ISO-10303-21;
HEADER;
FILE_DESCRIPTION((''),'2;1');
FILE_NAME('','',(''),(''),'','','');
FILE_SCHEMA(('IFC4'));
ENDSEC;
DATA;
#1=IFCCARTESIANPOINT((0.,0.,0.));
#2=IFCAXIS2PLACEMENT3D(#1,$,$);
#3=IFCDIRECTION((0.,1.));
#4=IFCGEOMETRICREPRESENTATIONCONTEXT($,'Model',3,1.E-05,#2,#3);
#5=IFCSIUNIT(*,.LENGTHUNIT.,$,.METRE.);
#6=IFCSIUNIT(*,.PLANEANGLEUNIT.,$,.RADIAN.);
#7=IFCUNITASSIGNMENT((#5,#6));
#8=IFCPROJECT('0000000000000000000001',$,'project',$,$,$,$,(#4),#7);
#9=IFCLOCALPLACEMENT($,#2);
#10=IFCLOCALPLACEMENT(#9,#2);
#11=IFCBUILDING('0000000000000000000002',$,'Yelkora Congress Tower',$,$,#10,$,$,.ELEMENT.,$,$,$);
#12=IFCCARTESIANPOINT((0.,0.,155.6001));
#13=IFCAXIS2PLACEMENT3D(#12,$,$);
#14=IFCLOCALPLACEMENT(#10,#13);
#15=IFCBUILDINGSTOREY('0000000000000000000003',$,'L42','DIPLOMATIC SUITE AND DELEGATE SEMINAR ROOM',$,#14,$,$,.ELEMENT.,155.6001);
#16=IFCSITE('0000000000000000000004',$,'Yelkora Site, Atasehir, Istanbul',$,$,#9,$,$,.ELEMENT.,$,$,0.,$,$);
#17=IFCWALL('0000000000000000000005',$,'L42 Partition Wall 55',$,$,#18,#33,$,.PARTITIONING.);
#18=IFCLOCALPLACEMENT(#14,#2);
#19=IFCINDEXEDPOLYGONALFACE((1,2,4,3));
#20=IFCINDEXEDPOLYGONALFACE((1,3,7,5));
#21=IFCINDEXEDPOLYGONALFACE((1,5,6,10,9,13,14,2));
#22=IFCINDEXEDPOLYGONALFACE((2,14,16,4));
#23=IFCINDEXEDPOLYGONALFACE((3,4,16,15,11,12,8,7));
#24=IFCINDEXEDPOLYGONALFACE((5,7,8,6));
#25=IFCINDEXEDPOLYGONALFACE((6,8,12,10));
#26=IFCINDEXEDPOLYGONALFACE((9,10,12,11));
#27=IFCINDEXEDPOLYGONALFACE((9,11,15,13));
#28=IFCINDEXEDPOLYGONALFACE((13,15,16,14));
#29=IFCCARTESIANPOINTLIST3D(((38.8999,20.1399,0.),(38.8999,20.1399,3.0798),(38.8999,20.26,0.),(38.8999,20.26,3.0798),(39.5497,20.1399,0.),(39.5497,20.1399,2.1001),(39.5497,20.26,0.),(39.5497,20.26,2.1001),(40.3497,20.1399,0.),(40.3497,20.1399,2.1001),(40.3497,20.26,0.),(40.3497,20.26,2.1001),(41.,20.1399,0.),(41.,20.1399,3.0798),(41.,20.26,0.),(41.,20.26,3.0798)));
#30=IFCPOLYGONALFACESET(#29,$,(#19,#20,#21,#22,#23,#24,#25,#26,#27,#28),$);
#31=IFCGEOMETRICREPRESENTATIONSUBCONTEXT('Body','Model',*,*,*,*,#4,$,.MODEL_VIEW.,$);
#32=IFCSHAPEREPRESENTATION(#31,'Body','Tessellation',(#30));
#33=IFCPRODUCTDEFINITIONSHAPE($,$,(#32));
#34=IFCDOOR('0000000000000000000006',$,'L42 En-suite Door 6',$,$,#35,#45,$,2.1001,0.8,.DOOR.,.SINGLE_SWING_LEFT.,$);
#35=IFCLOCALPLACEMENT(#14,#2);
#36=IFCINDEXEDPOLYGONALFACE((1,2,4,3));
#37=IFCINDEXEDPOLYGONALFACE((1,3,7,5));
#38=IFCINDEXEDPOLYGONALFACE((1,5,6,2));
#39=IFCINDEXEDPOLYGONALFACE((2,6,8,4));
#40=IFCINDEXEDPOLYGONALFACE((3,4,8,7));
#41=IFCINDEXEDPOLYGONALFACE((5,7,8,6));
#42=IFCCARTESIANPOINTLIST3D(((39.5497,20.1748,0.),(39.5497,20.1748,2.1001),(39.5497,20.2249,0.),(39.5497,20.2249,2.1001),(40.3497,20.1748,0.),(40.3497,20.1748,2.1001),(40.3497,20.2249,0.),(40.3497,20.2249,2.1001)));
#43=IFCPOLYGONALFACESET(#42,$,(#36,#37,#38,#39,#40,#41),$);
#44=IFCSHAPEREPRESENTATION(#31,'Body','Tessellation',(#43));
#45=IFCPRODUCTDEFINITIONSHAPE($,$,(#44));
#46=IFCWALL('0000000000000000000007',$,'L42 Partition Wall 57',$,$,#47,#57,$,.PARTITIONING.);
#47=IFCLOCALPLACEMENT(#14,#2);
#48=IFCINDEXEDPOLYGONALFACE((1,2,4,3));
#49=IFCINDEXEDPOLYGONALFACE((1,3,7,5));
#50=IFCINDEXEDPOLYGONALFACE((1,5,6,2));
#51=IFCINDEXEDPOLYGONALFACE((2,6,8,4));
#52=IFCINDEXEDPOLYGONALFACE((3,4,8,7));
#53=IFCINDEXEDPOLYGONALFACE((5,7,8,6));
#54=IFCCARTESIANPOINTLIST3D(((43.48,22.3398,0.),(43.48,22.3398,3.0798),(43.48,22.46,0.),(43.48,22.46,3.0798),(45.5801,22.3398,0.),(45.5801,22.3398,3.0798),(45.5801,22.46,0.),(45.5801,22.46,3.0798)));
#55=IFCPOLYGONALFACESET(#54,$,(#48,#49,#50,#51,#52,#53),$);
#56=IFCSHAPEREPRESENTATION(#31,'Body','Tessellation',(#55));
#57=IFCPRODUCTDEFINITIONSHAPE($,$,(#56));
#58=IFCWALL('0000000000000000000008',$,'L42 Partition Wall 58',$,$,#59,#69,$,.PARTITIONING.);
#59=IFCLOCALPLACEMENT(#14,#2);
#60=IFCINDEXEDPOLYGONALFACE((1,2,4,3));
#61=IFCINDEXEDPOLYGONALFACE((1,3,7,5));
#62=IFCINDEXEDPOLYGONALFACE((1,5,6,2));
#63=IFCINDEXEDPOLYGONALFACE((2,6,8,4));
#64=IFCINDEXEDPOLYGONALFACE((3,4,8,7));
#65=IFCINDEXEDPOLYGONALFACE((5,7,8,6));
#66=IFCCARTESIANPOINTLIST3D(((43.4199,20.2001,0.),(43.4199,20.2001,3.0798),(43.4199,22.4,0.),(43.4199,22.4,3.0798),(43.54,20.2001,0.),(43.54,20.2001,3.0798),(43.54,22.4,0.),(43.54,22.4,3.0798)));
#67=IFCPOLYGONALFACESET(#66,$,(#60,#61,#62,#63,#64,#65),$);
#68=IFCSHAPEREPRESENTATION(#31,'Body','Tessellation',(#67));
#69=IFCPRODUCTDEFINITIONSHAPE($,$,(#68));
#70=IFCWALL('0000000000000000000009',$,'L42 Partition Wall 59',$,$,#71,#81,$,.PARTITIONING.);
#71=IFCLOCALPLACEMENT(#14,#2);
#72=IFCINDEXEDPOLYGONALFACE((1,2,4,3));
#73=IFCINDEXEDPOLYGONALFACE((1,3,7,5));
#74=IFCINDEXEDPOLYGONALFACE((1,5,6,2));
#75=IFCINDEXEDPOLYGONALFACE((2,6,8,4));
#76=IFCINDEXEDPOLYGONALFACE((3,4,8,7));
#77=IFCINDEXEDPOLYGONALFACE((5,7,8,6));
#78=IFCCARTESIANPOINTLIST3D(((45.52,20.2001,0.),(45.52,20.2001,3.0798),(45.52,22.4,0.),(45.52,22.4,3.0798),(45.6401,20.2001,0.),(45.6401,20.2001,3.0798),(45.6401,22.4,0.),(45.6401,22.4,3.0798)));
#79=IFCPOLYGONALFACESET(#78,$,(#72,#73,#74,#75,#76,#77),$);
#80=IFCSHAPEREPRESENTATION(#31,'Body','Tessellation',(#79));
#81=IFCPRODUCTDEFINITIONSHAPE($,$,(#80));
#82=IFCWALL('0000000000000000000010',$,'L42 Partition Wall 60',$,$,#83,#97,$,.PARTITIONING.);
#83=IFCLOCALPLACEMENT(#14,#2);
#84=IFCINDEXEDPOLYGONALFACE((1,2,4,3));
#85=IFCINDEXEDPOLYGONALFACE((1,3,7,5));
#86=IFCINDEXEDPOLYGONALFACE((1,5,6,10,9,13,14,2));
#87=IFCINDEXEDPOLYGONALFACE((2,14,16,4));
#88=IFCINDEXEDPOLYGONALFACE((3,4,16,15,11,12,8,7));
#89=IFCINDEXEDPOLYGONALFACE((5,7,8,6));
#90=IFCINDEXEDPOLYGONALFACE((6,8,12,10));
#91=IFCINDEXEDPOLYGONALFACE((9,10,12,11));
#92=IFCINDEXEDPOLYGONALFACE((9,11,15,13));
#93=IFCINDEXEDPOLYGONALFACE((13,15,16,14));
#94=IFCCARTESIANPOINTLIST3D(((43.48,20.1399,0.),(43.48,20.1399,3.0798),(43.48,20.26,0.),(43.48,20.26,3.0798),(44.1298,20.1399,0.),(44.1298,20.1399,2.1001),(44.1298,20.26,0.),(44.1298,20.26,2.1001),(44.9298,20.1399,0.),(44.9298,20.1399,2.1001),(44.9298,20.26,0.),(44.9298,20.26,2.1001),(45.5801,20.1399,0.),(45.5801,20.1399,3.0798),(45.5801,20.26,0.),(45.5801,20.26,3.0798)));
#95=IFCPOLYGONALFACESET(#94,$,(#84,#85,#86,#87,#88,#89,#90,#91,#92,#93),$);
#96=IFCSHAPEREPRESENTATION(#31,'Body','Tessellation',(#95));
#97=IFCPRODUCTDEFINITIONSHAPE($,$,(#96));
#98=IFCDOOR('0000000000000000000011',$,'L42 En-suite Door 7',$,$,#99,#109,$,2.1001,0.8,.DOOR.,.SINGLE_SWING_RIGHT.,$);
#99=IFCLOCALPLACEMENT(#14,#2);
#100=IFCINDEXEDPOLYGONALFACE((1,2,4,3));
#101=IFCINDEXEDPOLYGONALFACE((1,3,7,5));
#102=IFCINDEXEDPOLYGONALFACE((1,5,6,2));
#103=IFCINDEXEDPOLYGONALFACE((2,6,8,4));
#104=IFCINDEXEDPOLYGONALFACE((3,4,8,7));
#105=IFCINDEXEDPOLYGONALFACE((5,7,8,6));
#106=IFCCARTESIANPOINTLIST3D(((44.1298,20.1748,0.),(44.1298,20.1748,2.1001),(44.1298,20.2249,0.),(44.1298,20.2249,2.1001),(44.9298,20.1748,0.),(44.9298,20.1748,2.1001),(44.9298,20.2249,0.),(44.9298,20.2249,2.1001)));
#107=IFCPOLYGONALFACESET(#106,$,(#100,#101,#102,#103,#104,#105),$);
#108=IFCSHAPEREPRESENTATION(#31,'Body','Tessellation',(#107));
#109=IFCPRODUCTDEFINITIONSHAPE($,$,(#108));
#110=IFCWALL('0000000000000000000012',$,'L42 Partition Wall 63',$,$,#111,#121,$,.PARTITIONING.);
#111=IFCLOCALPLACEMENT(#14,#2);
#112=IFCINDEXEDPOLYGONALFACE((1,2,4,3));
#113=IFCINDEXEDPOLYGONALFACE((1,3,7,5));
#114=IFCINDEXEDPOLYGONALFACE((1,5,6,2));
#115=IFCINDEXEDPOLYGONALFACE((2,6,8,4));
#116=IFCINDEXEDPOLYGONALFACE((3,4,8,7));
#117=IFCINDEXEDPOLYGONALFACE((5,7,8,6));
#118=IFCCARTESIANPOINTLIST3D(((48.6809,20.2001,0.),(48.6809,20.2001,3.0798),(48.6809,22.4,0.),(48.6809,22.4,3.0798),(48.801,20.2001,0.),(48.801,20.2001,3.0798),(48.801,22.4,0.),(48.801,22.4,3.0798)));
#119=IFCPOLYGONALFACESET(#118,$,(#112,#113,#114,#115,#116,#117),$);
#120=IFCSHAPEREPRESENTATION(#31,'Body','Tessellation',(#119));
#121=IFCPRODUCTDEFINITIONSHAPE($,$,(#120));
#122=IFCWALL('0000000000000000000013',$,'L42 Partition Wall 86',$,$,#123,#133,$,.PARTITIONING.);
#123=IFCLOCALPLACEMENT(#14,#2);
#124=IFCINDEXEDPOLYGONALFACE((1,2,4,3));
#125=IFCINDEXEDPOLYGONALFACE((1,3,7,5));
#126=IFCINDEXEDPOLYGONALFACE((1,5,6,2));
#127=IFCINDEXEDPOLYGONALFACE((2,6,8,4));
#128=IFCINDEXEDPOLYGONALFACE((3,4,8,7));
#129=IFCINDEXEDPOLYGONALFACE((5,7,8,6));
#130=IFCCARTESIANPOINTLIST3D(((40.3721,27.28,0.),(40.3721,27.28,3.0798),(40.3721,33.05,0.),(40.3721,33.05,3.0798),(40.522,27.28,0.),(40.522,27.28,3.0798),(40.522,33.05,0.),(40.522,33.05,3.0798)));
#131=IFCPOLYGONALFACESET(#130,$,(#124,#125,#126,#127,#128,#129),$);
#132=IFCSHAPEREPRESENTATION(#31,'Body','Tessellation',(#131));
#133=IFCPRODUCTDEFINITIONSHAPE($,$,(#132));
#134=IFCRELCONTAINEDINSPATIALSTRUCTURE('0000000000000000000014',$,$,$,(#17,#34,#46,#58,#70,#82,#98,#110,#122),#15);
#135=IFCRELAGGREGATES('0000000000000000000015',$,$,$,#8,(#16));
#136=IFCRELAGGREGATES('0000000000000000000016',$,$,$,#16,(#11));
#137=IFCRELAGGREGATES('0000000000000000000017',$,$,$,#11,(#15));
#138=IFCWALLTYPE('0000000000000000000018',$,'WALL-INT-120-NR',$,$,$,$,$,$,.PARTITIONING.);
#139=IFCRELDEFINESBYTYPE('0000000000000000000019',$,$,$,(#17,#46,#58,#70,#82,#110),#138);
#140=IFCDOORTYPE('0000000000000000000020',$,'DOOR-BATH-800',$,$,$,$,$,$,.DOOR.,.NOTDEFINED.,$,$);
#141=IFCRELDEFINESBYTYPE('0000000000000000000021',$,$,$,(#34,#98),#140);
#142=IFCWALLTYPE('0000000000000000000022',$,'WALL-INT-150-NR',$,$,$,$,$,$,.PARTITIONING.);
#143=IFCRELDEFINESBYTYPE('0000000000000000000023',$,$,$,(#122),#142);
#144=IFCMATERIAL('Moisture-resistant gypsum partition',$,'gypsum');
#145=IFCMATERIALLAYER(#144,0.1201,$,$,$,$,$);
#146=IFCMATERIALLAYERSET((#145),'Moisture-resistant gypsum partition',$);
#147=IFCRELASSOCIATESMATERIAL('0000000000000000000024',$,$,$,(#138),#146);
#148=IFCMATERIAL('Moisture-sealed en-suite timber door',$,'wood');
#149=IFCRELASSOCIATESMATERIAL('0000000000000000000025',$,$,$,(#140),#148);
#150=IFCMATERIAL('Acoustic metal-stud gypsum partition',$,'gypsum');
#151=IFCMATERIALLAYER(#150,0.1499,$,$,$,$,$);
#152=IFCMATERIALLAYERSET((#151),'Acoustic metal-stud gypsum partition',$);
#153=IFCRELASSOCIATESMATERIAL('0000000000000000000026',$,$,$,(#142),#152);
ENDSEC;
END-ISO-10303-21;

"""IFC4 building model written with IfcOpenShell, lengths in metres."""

from ifc_helpers import new_model, si_unit, direction, frame, frame_2d, origin, place, context, subcontext, project, spatial, rectangle, extrude, material, layer, layer_set, type_object, element, fill, save


model = new_model("IFC4")

# Units and contexts
model_context = context("Model", 3, precision=1e-05, world=origin(), true_north=direction((0.0, 1.0)))
body_context = subcontext(model_context, "Body", "Model", "MODEL_VIEW")
ifc_project = project(units=[si_unit("LENGTHUNIT", "METRE"), si_unit("PLANEANGLEUNIT", "RADIAN")], contexts=[model_context])

# Site, building, storey
site_placement = place(None, origin())
site = spatial("IfcSite", under=ifc_project, at=site_placement, Name="Yelkora Site, Atasehir, Istanbul", CompositionType="ELEMENT", RefElevation=0.0)
building_placement = place(site_placement, origin())
building = spatial("IfcBuilding", under=site, at=building_placement, Name="Yelkora Congress Tower", CompositionType="ELEMENT")
storey_placement = place(building_placement, frame((0.0, 0.0, 155.6001)))
storey = spatial("IfcBuildingStorey", under=building, at=storey_placement, Name="L42", Description="DIPLOMATIC SUITE AND DELEGATE SEMINAR ROOM", CompositionType="ELEMENT", Elevation=155.6001)

# Shared definitions
ifc_material_1 = material(Name="Moisture-resistant gypsum partition", Category="gypsum")
ifc_layer_1 = layer(ifc_material_1, 0.1201)
ifc_layer_set_1 = layer_set([ifc_layer_1], Name="Moisture-resistant gypsum partition")
wall_type_1 = type_object("IfcWallType", Name="WALL-INT-120-NR", PredefinedType="PARTITIONING", material=ifc_layer_set_1)

# Wall, opening, door
wall_1_placement = place(storey_placement, frame((38.8999, 20.2, 0.0), z_axis=(0.0, 0.0, 1.0), x_axis=(1.0, 0.0, 0.0)))
wall_1 = element("IfcWall", 1, at=wall_1_placement, inside=storey, type_object=wall_type_1, Name="L42 Partition Wall 55", PredefinedType="PARTITIONING", context=body_context, shape_type="SweptSolid", body=[
    extrude(rectangle(XDim=2.1001, YDim=0.1201, at=frame_2d((1.05, 0.0))), origin(), (0.0, 0.0, 1.0), 3.0798),
])
opening_1_placement = place(wall_1_placement, frame((0.6499, 0.0, 0.0)))
opening_1 = element("IfcOpeningElement", 2, at=opening_1_placement, cuts=wall_1, PredefinedType="OPENING", context=body_context, shape_type="SweptSolid", body=[
    extrude(rectangle(XDim=0.8, YDim=2.1001, at=frame_2d((0.3999, 1.05))), frame((0.0, 0.0701, 0.0), z_axis=(0.0, -1.0, 0.0), x_axis=(1.0, 0.0, 0.0)), (0.0, 0.0, 1.0), 0.1401),
])
ifc_material_2 = material(Name="Moisture-sealed en-suite timber door", Category="wood")
door_type = type_object("IfcDoorType", Name="DOOR-BATH-800", OperationType="NOTDEFINED", PredefinedType="DOOR", material=ifc_material_2)
door_1_placement = place(opening_1_placement, origin())
door_1 = element("IfcDoor", 3, at=door_1_placement, inside=storey, type_object=door_type, Name="L42 En-suite Door 6", OperationType="SINGLE_SWING_LEFT", OverallHeight=2.1001, OverallWidth=0.8, PredefinedType="DOOR", context=body_context, shape_type="SweptSolid", body=[
    extrude(rectangle(XDim=0.8, YDim=2.1001, at=frame_2d((0.3999, 1.05))), frame((0.0, 0.0249, 0.0), z_axis=(0.0, -1.0, 0.0), x_axis=(1.0, 0.0, 0.0)), (0.0, 0.0, 1.0), 0.05),
])
fill(opening_1, door_1)

# Walls
wall_2_placement = place(storey_placement, frame((43.48, 22.3999, 0.0), z_axis=(0.0, 0.0, 1.0), x_axis=(1.0, 0.0, 0.0)))
element("IfcWall", 4, at=wall_2_placement, inside=storey, type_object=wall_type_1, Name="L42 Partition Wall 57", PredefinedType="PARTITIONING", context=body_context, shape_type="SweptSolid", body=[
    extrude(rectangle(XDim=2.1001, YDim=0.1201, at=frame_2d((1.05, 0.0))), origin(), (0.0, 0.0, 1.0), 3.0798),
])
for number, where, z_axis, x_axis, name in (
    (5, (43.48, 20.2, 0.0), (0.0, 0.0, 1.0), (0.0, 1.0, 0.0), "L42 Partition Wall 58"),
    (6, (45.5801, 20.2, 0.0), (0.0, 0.0, 1.0), (0.0, 1.0, 0.0), "L42 Partition Wall 59"),
):
    element("IfcWall", number, at=place(storey_placement, frame(where, z_axis=z_axis, x_axis=x_axis)), inside=storey, type_object=wall_type_1, Name=name, PredefinedType="PARTITIONING", context=body_context, shape_type="SweptSolid", body=[
        extrude(rectangle(XDim=2.2, YDim=0.1201, at=frame_2d((1.1001, 0.0))), origin(), (0.0, 0.0, 1.0), 3.0798),
    ])

# Wall, opening, door
wall_3_placement = place(storey_placement, frame((43.48, 20.2, 0.0), z_axis=(0.0, 0.0, 1.0), x_axis=(1.0, 0.0, 0.0)))
wall_3 = element("IfcWall", 7, at=wall_3_placement, inside=storey, type_object=wall_type_1, Name="L42 Partition Wall 60", PredefinedType="PARTITIONING", context=body_context, shape_type="SweptSolid", body=[
    extrude(rectangle(XDim=2.1001, YDim=0.1201, at=frame_2d((1.05, 0.0))), origin(), (0.0, 0.0, 1.0), 3.0798),
])
opening_2_placement = place(wall_3_placement, frame((0.6499, 0.0, 0.0)))
opening_2 = element("IfcOpeningElement", 8, at=opening_2_placement, cuts=wall_3, PredefinedType="OPENING", context=body_context, shape_type="SweptSolid", body=[
    extrude(rectangle(XDim=0.8, YDim=2.1001, at=frame_2d((0.3999, 1.05))), frame((0.0, 0.0701, 0.0), z_axis=(0.0, -1.0, 0.0), x_axis=(1.0, 0.0, 0.0)), (0.0, 0.0, 1.0), 0.1401),
])
door_2_placement = place(opening_2_placement, origin())
door_2 = element("IfcDoor", 9, at=door_2_placement, inside=storey, type_object=door_type, Name="L42 En-suite Door 7", OperationType="SINGLE_SWING_RIGHT", OverallHeight=2.1001, OverallWidth=0.8, PredefinedType="DOOR", context=body_context, shape_type="SweptSolid", body=[
    extrude(rectangle(XDim=0.8, YDim=2.1001, at=frame_2d((0.3999, 1.05))), frame((0.0, 0.0249, 0.0), z_axis=(0.0, -1.0, 0.0), x_axis=(1.0, 0.0, 0.0)), (0.0, 0.0, 1.0), 0.05),
])
fill(opening_2, door_2)

# Walls
wall_4_placement = place(storey_placement, frame((48.741, 20.2, 0.0), z_axis=(0.0, 0.0, 1.0), x_axis=(0.0, 1.0, 0.0)))
element("IfcWall", 10, at=wall_4_placement, inside=storey, type_object=wall_type_1, Name="L42 Partition Wall 63", PredefinedType="PARTITIONING", context=body_context, shape_type="SweptSolid", body=[
    extrude(rectangle(XDim=2.2, YDim=0.1201, at=frame_2d((1.1001, 0.0))), origin(), (0.0, 0.0, 1.0), 3.0798),
])
ifc_material_3 = material(Name="Acoustic metal-stud gypsum partition", Category="gypsum")
ifc_layer_2 = layer(ifc_material_3, 0.1499)
ifc_layer_set_2 = layer_set([ifc_layer_2], Name="Acoustic metal-stud gypsum partition")
wall_type_2 = type_object("IfcWallType", Name="WALL-INT-150-NR", PredefinedType="PARTITIONING", material=ifc_layer_set_2)
wall_5_placement = place(storey_placement, frame((40.447, 27.28, 0.0), z_axis=(0.0, 0.0, 1.0), x_axis=(0.0, 1.0, 0.0)))
element("IfcWall", 11, at=wall_5_placement, inside=storey, type_object=wall_type_2, Name="L42 Partition Wall 86", PredefinedType="PARTITIONING", context=body_context, shape_type="SweptSolid", body=[
    extrude(rectangle(XDim=5.77, YDim=0.1499, at=frame_2d((2.885, 0.0))), origin(), (0.0, 0.0, 1.0), 3.0798),
])

save(model, "model.ifc")
